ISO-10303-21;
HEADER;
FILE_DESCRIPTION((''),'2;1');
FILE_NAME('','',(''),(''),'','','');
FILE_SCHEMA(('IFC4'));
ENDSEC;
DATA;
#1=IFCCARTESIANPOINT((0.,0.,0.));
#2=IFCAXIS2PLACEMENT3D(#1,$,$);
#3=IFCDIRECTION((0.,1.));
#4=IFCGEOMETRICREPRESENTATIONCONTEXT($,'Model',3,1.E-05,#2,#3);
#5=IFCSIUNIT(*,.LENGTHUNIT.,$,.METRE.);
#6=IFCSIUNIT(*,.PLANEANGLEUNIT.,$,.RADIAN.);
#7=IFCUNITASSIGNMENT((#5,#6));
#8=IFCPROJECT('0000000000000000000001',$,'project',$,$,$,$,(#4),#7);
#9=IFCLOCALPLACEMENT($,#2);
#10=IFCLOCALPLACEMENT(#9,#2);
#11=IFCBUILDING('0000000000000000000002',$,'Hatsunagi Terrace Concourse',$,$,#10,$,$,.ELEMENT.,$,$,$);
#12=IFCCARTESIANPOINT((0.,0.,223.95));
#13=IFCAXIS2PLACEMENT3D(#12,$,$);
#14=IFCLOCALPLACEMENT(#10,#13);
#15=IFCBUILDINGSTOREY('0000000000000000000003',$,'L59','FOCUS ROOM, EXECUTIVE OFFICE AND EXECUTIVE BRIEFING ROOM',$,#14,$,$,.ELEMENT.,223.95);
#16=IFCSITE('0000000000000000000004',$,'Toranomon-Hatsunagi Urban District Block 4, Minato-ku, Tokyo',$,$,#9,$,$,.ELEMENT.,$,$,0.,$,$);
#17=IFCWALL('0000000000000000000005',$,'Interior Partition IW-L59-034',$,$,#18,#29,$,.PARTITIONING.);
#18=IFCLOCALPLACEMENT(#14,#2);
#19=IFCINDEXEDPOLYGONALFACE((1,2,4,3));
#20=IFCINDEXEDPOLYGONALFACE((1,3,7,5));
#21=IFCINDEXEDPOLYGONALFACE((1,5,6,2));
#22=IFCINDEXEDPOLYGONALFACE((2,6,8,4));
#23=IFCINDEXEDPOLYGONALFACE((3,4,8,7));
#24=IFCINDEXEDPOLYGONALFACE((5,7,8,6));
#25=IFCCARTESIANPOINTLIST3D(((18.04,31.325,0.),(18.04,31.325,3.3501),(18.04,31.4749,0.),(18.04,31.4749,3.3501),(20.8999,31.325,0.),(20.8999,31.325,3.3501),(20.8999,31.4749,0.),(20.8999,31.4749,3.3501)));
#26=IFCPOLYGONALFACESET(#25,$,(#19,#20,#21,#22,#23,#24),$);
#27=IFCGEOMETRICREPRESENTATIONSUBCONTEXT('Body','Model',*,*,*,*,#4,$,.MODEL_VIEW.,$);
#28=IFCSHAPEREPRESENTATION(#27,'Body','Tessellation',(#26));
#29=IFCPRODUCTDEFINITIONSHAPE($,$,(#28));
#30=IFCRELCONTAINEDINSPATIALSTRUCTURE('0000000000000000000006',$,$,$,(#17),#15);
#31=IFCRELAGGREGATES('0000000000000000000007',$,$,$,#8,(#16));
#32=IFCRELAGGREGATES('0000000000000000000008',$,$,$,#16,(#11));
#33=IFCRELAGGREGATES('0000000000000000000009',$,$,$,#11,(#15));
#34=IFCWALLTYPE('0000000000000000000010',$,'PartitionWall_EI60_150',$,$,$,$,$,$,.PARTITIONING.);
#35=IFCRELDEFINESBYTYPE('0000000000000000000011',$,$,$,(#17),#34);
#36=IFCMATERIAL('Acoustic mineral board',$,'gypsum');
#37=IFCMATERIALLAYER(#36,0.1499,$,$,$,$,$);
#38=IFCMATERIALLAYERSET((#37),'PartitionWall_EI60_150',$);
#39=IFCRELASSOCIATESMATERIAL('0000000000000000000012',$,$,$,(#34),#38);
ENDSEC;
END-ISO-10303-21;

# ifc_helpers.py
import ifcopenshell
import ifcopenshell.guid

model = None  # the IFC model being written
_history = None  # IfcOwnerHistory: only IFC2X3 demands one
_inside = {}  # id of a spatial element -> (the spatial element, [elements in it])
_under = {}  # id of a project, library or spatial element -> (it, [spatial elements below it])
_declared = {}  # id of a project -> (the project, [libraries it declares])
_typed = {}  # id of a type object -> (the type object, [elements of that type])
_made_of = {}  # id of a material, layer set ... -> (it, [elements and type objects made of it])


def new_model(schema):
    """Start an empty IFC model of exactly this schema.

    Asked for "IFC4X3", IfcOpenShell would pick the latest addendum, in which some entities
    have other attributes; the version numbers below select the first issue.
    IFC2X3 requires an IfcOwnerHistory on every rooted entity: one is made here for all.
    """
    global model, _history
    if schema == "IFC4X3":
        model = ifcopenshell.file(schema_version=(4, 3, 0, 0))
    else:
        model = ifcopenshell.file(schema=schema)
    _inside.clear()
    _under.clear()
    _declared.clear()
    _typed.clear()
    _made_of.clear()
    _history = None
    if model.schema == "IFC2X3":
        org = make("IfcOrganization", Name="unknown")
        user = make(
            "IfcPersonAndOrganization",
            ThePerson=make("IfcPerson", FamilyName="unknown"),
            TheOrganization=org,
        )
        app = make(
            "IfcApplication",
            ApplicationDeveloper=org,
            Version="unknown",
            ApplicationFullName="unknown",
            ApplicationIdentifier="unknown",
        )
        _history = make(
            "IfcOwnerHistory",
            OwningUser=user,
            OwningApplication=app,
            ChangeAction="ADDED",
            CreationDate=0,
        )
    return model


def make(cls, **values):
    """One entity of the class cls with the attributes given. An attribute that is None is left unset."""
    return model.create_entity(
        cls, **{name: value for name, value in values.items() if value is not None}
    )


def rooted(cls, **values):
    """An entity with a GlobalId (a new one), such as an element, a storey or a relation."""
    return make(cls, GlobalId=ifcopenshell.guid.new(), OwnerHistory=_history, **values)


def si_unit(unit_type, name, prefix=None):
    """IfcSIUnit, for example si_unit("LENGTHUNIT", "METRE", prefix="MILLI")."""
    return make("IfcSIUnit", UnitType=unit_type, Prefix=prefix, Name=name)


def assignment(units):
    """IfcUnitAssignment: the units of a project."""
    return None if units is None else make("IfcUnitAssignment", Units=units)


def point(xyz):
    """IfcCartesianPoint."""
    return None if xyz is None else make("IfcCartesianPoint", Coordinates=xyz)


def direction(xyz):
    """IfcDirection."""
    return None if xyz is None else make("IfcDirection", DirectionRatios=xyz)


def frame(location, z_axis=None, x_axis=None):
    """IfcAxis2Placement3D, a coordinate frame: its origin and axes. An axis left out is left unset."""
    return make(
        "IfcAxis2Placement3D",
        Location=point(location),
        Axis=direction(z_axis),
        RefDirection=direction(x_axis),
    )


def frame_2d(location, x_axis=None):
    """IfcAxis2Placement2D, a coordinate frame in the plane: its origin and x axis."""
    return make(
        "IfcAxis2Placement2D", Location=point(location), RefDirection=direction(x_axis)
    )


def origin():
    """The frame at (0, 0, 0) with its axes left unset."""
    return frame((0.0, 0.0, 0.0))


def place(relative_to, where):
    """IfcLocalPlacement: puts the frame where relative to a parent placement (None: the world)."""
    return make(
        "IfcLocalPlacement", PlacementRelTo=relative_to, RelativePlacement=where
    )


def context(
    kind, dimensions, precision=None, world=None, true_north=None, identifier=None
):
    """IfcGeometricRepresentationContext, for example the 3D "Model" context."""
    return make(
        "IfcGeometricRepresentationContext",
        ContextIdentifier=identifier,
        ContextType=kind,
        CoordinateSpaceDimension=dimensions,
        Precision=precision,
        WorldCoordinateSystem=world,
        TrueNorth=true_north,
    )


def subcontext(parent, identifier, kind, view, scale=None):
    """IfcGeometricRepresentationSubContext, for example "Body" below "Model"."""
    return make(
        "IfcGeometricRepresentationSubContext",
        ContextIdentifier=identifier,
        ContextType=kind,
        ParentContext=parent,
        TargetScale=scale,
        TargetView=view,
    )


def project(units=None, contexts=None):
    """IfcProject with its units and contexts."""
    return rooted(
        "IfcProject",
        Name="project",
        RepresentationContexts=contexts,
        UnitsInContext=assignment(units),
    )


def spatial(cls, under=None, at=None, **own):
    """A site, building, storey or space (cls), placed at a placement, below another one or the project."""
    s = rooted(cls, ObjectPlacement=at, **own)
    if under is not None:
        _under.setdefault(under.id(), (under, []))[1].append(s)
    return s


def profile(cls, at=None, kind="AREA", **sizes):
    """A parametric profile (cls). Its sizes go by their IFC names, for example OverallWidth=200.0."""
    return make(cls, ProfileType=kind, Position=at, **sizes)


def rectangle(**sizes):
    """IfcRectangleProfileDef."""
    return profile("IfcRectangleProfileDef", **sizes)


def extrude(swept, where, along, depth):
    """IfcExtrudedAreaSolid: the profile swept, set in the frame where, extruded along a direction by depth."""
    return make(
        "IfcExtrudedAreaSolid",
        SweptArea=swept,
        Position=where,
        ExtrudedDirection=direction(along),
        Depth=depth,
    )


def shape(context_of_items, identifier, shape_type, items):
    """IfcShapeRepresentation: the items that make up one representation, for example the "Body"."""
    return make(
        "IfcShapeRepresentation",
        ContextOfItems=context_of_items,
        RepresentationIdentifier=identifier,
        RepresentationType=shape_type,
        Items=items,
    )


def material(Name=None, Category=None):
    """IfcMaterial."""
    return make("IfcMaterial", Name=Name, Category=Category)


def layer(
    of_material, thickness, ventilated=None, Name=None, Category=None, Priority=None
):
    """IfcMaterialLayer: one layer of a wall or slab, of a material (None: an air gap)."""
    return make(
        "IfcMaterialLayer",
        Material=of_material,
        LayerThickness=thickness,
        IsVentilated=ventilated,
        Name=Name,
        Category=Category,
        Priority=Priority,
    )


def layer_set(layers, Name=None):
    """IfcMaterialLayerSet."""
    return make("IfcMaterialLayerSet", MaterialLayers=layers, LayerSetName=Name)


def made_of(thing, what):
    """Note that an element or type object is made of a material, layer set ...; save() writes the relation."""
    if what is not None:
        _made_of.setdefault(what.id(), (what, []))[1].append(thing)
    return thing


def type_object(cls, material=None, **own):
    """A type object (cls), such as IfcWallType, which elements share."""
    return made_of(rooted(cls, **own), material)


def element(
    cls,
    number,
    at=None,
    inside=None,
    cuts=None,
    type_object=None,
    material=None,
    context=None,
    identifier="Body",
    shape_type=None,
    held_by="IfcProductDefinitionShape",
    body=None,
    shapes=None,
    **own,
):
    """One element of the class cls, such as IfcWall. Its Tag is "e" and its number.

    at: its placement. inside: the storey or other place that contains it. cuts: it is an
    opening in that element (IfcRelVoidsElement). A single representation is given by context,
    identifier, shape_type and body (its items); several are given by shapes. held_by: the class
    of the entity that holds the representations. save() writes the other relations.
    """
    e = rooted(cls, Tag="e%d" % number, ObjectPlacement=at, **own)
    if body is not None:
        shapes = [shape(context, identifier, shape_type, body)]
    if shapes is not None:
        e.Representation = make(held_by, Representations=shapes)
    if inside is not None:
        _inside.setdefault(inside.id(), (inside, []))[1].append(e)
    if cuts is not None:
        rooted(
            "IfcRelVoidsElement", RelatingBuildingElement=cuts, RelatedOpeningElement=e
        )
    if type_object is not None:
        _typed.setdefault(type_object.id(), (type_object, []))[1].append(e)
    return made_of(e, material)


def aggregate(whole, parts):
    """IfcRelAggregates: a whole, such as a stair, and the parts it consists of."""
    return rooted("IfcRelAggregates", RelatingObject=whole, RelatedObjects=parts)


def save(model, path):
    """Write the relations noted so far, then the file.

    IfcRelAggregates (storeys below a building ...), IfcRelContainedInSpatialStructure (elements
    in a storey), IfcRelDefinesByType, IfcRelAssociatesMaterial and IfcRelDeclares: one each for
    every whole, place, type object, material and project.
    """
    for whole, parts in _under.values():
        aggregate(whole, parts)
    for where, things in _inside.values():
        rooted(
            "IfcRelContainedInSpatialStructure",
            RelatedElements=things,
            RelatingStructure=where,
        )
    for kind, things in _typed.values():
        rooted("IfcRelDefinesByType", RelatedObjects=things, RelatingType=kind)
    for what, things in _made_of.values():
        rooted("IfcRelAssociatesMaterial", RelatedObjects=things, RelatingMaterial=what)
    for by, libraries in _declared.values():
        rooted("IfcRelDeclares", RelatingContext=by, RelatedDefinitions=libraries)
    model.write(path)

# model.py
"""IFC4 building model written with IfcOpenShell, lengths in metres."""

from ifc_helpers import new_model, si_unit, direction, frame, frame_2d, origin, place, context, subcontext, project, spatial, rectangle, extrude, material, layer, layer_set, type_object, element, save


model = new_model("IFC4")

# Units and contexts
model_context = context("Model", 3, precision=1e-05, world=origin(), true_north=direction((0.0, 1.0)))
body_context = subcontext(model_context, "Body", "Model", "MODEL_VIEW")
ifc_project = project(units=[si_unit("LENGTHUNIT", "METRE"), si_unit("PLANEANGLEUNIT", "RADIAN")], contexts=[model_context])

# Site, building, storey
site_placement = place(None, origin())
site = spatial("IfcSite", under=ifc_project, at=site_placement, Name="Toranomon-Hatsunagi Urban District Block 4, Minato-ku, Tokyo", CompositionType="ELEMENT", RefElevation=0.0)
building_placement = place(site_placement, origin())
building = spatial("IfcBuilding", under=site, at=building_placement, Name="Hatsunagi Terrace Concourse", CompositionType="ELEMENT")
storey_placement = place(building_placement, frame((0.0, 0.0, 223.95)))
storey = spatial("IfcBuildingStorey", under=building, at=storey_placement, Name="L59", Description="FOCUS ROOM, EXECUTIVE OFFICE AND EXECUTIVE BRIEFING ROOM", CompositionType="ELEMENT", Elevation=223.95)

# Wall
ifc_material_1 = material(Name="Acoustic mineral board", Category="gypsum")
ifc_layer_1 = layer(ifc_material_1, 0.1499)
ifc_layer_set_1 = layer_set([ifc_layer_1], Name="PartitionWall_EI60_150")
wall_type = type_object("IfcWallType", Name="PartitionWall_EI60_150", PredefinedType="PARTITIONING", material=ifc_layer_set_1)
for number, where, z_axis, x_axis, name in (
    (1, (18.04, 31.3999, 0.0), (0.0, 0.0, 1.0), (1.0, 0.0, 0.0), "Interior Partition IW-L59-034"),
):
    element("IfcWall", number, at=place(storey_placement, frame(where, z_axis=z_axis, x_axis=x_axis)), inside=storey, type_object=wall_type, Name=name, PredefinedType="PARTITIONING", context=body_context, shape_type="SweptSolid", body=[
        extrude(rectangle(XDim=2.8599, YDim=0.1499, at=frame_2d((1.4299, 0.0))), origin(), (0.0, 0.0, 1.0), 3.3501),
    ])

save(model, "model.ifc")
